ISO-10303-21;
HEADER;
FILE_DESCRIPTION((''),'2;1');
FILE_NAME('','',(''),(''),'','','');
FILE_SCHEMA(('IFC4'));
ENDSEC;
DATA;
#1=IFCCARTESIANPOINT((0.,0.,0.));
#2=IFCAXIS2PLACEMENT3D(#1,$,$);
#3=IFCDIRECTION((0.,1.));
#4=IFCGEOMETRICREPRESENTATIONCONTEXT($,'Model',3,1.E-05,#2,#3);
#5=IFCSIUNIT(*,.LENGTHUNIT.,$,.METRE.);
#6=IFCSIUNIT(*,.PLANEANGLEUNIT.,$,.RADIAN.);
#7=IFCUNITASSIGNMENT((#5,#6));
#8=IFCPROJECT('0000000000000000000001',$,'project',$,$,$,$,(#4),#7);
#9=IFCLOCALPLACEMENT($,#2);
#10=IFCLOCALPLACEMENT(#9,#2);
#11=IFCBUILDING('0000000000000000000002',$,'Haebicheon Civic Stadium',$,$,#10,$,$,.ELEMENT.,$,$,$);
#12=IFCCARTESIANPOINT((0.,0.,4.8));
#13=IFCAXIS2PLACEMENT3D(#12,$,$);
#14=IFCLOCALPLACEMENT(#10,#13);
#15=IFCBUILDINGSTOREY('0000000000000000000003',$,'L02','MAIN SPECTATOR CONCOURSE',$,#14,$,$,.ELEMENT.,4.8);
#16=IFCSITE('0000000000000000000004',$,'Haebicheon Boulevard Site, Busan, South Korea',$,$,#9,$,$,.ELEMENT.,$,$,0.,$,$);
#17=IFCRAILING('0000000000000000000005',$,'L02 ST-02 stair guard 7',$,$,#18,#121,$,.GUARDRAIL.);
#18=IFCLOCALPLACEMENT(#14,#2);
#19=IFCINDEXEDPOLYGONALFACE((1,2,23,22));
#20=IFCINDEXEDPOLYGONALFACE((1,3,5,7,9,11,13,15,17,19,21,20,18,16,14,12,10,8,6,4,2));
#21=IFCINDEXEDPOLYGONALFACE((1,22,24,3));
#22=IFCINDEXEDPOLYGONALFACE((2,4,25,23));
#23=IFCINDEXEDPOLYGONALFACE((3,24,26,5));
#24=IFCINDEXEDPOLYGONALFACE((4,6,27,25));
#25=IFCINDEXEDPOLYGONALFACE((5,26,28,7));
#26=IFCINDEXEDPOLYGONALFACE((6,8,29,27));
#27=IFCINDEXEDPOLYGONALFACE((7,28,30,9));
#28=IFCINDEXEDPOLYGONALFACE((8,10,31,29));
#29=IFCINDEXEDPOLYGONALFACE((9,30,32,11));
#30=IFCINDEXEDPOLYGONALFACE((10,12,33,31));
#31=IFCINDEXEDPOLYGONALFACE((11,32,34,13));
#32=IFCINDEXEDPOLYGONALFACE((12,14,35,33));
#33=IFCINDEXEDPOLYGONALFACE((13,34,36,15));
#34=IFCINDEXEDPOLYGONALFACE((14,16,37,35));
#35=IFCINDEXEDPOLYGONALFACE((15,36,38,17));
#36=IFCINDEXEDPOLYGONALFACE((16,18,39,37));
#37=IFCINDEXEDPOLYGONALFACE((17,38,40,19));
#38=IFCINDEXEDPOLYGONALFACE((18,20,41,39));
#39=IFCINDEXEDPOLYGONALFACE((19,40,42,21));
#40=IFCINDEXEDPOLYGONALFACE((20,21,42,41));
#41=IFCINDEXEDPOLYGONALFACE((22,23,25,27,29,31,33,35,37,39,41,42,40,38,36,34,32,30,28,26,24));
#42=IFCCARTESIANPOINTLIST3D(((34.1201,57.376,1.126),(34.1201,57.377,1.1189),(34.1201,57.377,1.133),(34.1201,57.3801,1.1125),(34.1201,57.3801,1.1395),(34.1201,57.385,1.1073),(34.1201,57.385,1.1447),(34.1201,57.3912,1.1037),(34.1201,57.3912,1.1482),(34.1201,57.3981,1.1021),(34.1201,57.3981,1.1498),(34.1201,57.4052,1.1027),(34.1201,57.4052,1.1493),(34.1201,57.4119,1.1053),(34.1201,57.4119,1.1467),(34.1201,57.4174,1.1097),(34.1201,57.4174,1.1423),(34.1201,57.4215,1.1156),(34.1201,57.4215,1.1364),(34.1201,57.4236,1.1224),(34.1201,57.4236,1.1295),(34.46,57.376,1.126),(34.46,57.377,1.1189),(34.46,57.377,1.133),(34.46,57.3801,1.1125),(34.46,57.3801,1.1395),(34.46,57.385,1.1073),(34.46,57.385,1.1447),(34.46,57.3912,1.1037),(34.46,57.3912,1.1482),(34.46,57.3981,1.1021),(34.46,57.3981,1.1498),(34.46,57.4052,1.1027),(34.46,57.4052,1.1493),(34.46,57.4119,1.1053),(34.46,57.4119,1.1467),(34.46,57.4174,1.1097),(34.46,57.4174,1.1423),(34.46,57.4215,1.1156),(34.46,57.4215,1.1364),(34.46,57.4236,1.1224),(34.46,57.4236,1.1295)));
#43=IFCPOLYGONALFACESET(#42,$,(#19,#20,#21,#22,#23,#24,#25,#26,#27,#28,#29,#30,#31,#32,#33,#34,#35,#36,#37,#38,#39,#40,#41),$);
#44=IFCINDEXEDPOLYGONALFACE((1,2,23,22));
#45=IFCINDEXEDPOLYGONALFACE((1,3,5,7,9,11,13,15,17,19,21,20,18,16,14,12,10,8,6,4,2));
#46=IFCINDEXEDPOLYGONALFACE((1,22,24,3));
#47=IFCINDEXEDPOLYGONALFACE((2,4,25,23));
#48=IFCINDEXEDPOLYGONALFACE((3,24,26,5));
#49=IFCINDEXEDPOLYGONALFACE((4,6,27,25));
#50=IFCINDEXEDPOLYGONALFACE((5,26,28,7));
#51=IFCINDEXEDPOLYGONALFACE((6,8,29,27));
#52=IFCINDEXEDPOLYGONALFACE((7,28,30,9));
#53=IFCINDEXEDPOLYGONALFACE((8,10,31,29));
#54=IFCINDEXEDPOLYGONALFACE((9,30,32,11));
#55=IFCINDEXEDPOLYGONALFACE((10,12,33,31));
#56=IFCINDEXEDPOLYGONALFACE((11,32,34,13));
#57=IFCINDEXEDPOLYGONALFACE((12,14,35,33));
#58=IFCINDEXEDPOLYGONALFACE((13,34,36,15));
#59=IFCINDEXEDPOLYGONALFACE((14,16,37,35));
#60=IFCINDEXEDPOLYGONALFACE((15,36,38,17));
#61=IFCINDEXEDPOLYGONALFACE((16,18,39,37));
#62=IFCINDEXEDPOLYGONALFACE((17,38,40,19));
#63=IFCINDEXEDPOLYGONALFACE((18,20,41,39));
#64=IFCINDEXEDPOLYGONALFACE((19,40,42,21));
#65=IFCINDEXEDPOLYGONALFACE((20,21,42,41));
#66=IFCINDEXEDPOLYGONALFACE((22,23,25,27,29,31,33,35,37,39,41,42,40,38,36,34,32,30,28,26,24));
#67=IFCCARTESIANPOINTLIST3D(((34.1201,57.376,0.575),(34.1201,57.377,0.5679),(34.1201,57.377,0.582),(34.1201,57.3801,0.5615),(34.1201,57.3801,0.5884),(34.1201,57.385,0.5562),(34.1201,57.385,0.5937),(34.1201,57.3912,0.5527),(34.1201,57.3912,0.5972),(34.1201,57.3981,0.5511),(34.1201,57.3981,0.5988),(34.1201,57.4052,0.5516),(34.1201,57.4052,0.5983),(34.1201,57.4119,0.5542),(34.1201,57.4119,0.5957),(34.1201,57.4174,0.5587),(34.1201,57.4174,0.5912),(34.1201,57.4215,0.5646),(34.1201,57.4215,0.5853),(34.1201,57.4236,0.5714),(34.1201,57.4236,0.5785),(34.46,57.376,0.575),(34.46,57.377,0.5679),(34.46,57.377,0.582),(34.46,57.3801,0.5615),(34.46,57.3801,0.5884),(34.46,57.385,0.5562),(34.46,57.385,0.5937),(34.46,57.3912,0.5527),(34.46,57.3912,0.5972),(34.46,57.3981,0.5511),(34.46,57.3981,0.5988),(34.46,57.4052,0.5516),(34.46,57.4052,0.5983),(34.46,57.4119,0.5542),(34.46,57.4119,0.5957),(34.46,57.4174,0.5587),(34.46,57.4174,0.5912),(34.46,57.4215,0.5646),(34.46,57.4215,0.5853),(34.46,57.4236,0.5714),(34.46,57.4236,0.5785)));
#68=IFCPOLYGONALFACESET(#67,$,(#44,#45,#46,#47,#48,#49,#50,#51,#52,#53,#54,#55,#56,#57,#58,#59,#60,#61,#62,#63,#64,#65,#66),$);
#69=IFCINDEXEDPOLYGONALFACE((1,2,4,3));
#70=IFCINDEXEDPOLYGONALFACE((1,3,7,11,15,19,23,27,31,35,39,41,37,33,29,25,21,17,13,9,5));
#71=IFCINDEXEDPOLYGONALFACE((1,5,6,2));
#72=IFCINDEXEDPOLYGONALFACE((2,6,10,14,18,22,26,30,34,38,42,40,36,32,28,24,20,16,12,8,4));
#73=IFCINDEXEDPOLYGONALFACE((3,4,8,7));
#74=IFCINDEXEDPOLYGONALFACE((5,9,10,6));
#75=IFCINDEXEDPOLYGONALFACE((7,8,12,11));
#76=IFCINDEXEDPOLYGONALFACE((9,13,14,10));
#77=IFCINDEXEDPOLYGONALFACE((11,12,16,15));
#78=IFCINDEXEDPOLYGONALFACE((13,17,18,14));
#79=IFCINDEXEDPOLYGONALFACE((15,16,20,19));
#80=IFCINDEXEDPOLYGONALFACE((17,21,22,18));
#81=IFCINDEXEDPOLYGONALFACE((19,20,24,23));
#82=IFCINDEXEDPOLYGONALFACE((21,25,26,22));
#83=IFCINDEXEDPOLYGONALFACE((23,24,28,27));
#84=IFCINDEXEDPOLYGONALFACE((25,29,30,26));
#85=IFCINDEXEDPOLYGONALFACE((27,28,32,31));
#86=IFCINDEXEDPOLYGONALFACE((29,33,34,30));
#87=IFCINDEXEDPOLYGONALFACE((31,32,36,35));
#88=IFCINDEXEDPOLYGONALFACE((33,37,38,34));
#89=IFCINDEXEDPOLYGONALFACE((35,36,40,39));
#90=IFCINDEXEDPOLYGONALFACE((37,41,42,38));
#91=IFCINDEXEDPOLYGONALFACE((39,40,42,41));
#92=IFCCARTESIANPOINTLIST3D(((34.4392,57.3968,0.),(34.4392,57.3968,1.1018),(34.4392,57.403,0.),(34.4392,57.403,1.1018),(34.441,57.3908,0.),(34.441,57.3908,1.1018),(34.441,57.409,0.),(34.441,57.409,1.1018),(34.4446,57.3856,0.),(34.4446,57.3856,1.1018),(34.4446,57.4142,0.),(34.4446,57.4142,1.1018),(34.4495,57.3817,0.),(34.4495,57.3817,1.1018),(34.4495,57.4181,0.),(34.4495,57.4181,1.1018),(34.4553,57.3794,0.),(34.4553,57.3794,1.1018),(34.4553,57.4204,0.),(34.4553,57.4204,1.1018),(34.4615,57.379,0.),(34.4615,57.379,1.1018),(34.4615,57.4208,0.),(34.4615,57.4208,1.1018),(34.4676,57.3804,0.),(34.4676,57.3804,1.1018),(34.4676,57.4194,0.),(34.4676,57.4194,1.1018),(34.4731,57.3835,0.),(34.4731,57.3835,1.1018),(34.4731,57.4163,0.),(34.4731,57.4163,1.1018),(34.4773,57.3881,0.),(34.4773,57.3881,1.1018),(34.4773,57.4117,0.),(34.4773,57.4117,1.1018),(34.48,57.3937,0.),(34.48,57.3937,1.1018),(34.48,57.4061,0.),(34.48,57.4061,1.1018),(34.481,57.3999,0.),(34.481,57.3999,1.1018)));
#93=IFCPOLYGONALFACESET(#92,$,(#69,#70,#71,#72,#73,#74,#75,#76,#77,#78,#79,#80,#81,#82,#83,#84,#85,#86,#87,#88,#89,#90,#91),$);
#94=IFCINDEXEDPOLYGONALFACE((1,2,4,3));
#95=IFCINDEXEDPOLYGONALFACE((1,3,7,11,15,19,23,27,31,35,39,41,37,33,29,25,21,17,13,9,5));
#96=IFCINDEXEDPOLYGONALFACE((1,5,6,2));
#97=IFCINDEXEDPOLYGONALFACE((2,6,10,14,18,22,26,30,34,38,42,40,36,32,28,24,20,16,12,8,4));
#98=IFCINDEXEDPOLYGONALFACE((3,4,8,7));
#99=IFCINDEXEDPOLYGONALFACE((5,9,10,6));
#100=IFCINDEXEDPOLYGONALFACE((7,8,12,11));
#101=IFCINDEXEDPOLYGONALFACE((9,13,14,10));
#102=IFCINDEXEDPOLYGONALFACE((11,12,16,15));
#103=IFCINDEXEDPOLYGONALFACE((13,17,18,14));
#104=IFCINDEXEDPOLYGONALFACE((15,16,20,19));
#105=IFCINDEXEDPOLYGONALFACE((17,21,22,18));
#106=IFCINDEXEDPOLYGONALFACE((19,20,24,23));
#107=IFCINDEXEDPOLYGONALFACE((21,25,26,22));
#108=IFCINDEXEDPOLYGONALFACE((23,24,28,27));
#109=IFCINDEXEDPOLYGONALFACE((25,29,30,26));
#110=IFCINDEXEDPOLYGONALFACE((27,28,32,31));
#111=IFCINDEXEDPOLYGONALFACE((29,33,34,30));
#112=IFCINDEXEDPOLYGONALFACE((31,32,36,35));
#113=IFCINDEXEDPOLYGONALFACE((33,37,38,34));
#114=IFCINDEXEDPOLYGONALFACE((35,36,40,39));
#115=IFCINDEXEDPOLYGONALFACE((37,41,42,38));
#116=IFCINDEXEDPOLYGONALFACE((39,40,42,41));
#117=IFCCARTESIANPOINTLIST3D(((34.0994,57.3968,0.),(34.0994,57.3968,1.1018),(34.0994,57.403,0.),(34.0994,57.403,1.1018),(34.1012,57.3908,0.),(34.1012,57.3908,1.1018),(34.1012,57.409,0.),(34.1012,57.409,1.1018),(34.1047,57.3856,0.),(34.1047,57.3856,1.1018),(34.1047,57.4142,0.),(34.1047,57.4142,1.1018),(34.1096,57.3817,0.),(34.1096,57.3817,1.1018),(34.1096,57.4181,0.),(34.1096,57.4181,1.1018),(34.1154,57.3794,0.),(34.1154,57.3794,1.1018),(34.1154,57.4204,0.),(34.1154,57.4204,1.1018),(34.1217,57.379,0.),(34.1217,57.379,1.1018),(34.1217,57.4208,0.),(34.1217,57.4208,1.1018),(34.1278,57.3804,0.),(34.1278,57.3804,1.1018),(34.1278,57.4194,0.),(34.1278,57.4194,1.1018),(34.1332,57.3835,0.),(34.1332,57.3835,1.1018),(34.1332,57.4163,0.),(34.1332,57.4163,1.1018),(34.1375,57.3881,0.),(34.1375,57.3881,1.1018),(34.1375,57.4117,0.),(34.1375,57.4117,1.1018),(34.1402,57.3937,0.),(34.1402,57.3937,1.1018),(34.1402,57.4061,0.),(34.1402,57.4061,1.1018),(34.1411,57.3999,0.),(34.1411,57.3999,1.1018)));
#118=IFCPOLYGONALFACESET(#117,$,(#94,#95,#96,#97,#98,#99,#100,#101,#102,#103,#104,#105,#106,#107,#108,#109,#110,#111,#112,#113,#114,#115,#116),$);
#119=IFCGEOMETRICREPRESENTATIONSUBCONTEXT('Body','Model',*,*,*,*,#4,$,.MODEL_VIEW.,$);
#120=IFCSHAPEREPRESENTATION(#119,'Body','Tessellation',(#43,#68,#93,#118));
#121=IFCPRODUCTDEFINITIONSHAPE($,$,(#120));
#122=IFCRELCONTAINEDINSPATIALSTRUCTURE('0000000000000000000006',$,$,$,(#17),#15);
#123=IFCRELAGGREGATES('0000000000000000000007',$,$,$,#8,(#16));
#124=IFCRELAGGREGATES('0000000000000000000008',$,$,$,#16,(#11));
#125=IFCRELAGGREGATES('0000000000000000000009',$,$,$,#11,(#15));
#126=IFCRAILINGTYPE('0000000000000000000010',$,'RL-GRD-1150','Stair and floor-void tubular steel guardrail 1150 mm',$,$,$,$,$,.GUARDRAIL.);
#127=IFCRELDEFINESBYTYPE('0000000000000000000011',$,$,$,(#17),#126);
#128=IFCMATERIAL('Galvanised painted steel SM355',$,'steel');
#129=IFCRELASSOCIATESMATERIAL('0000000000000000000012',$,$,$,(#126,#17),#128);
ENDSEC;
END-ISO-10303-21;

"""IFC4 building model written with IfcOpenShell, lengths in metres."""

from ifc_helpers import new_model, si_unit, direction, frame, origin, origin_2d, place, context, subcontext, project, spatial, circle, extrude, material, type_object, element, save


model = new_model("IFC4")

# Units and contexts
model_context = context("Model", 3, precision=1e-05, world=origin(), true_north=direction((0.0, 1.0)))
body_context = subcontext(model_context, "Body", "Model", "MODEL_VIEW")
ifc_project = project(units=[si_unit("LENGTHUNIT", "METRE"), si_unit("PLANEANGLEUNIT", "RADIAN")], contexts=[model_context])

# Site, building, storey
site_placement = place(None, origin())
site = spatial("IfcSite", under=ifc_project, at=site_placement, Name="Haebicheon Boulevard Site, Busan, South Korea", CompositionType="ELEMENT", RefElevation=0.0)
building_placement = place(site_placement, origin())
building = spatial("IfcBuilding", under=site, at=building_placement, Name="Haebicheon Civic Stadium", CompositionType="ELEMENT")
storey_placement = place(building_placement, frame((0.0, 0.0, 4.8)))
storey = spatial("IfcBuildingStorey", under=building, at=storey_placement, Name="L02", Description="MAIN SPECTATOR CONCOURSE", CompositionType="ELEMENT", Elevation=4.8)

# Railing
ifc_material_1 = material(Name="Galvanised painted steel SM355", Category="steel")
railing_type_1 = type_object("IfcRailingType", Name="RL-GRD-1150", Description="Stair and floor-void tubular steel guardrail 1150 mm", PredefinedType="GUARDRAIL", material=ifc_material_1)
railing_1_placement = place(storey_placement, frame((34.46, 57.3999, 0.0)))
element("IfcRailing", 1, at=railing_1_placement, inside=storey, type_object=railing_type_1, material=ifc_material_1, Name="L02 ST-02 stair guard 7", PredefinedType="GUARDRAIL", context=body_context, shape_type="SweptSolid", body=[
    extrude(circle(Radius=0.0239, at=origin_2d()), frame((0.0, 0.0, 1.126), z_axis=(-1.0, 0.0, 0.0), x_axis=(0.0, -1.0, 0.0)), (0.0, 0.0, 1.0), 0.3398),
    extrude(circle(Radius=0.0239, at=origin_2d()), frame((0.0, 0.0, 0.575), z_axis=(-1.0, 0.0, 0.0), x_axis=(0.0, -1.0, 0.0)), (0.0, 0.0, 1.0), 0.3398),
    extrude(circle(Radius=0.021, at=origin_2d()), origin(), (0.0, 0.0, 1.0), 1.1018),
    extrude(circle(Radius=0.021, at=origin_2d()), frame((-0.3398, 0.0, 0.0)), (0.0, 0.0, 1.0), 1.1018),
])

save(model, "model.ifc")
